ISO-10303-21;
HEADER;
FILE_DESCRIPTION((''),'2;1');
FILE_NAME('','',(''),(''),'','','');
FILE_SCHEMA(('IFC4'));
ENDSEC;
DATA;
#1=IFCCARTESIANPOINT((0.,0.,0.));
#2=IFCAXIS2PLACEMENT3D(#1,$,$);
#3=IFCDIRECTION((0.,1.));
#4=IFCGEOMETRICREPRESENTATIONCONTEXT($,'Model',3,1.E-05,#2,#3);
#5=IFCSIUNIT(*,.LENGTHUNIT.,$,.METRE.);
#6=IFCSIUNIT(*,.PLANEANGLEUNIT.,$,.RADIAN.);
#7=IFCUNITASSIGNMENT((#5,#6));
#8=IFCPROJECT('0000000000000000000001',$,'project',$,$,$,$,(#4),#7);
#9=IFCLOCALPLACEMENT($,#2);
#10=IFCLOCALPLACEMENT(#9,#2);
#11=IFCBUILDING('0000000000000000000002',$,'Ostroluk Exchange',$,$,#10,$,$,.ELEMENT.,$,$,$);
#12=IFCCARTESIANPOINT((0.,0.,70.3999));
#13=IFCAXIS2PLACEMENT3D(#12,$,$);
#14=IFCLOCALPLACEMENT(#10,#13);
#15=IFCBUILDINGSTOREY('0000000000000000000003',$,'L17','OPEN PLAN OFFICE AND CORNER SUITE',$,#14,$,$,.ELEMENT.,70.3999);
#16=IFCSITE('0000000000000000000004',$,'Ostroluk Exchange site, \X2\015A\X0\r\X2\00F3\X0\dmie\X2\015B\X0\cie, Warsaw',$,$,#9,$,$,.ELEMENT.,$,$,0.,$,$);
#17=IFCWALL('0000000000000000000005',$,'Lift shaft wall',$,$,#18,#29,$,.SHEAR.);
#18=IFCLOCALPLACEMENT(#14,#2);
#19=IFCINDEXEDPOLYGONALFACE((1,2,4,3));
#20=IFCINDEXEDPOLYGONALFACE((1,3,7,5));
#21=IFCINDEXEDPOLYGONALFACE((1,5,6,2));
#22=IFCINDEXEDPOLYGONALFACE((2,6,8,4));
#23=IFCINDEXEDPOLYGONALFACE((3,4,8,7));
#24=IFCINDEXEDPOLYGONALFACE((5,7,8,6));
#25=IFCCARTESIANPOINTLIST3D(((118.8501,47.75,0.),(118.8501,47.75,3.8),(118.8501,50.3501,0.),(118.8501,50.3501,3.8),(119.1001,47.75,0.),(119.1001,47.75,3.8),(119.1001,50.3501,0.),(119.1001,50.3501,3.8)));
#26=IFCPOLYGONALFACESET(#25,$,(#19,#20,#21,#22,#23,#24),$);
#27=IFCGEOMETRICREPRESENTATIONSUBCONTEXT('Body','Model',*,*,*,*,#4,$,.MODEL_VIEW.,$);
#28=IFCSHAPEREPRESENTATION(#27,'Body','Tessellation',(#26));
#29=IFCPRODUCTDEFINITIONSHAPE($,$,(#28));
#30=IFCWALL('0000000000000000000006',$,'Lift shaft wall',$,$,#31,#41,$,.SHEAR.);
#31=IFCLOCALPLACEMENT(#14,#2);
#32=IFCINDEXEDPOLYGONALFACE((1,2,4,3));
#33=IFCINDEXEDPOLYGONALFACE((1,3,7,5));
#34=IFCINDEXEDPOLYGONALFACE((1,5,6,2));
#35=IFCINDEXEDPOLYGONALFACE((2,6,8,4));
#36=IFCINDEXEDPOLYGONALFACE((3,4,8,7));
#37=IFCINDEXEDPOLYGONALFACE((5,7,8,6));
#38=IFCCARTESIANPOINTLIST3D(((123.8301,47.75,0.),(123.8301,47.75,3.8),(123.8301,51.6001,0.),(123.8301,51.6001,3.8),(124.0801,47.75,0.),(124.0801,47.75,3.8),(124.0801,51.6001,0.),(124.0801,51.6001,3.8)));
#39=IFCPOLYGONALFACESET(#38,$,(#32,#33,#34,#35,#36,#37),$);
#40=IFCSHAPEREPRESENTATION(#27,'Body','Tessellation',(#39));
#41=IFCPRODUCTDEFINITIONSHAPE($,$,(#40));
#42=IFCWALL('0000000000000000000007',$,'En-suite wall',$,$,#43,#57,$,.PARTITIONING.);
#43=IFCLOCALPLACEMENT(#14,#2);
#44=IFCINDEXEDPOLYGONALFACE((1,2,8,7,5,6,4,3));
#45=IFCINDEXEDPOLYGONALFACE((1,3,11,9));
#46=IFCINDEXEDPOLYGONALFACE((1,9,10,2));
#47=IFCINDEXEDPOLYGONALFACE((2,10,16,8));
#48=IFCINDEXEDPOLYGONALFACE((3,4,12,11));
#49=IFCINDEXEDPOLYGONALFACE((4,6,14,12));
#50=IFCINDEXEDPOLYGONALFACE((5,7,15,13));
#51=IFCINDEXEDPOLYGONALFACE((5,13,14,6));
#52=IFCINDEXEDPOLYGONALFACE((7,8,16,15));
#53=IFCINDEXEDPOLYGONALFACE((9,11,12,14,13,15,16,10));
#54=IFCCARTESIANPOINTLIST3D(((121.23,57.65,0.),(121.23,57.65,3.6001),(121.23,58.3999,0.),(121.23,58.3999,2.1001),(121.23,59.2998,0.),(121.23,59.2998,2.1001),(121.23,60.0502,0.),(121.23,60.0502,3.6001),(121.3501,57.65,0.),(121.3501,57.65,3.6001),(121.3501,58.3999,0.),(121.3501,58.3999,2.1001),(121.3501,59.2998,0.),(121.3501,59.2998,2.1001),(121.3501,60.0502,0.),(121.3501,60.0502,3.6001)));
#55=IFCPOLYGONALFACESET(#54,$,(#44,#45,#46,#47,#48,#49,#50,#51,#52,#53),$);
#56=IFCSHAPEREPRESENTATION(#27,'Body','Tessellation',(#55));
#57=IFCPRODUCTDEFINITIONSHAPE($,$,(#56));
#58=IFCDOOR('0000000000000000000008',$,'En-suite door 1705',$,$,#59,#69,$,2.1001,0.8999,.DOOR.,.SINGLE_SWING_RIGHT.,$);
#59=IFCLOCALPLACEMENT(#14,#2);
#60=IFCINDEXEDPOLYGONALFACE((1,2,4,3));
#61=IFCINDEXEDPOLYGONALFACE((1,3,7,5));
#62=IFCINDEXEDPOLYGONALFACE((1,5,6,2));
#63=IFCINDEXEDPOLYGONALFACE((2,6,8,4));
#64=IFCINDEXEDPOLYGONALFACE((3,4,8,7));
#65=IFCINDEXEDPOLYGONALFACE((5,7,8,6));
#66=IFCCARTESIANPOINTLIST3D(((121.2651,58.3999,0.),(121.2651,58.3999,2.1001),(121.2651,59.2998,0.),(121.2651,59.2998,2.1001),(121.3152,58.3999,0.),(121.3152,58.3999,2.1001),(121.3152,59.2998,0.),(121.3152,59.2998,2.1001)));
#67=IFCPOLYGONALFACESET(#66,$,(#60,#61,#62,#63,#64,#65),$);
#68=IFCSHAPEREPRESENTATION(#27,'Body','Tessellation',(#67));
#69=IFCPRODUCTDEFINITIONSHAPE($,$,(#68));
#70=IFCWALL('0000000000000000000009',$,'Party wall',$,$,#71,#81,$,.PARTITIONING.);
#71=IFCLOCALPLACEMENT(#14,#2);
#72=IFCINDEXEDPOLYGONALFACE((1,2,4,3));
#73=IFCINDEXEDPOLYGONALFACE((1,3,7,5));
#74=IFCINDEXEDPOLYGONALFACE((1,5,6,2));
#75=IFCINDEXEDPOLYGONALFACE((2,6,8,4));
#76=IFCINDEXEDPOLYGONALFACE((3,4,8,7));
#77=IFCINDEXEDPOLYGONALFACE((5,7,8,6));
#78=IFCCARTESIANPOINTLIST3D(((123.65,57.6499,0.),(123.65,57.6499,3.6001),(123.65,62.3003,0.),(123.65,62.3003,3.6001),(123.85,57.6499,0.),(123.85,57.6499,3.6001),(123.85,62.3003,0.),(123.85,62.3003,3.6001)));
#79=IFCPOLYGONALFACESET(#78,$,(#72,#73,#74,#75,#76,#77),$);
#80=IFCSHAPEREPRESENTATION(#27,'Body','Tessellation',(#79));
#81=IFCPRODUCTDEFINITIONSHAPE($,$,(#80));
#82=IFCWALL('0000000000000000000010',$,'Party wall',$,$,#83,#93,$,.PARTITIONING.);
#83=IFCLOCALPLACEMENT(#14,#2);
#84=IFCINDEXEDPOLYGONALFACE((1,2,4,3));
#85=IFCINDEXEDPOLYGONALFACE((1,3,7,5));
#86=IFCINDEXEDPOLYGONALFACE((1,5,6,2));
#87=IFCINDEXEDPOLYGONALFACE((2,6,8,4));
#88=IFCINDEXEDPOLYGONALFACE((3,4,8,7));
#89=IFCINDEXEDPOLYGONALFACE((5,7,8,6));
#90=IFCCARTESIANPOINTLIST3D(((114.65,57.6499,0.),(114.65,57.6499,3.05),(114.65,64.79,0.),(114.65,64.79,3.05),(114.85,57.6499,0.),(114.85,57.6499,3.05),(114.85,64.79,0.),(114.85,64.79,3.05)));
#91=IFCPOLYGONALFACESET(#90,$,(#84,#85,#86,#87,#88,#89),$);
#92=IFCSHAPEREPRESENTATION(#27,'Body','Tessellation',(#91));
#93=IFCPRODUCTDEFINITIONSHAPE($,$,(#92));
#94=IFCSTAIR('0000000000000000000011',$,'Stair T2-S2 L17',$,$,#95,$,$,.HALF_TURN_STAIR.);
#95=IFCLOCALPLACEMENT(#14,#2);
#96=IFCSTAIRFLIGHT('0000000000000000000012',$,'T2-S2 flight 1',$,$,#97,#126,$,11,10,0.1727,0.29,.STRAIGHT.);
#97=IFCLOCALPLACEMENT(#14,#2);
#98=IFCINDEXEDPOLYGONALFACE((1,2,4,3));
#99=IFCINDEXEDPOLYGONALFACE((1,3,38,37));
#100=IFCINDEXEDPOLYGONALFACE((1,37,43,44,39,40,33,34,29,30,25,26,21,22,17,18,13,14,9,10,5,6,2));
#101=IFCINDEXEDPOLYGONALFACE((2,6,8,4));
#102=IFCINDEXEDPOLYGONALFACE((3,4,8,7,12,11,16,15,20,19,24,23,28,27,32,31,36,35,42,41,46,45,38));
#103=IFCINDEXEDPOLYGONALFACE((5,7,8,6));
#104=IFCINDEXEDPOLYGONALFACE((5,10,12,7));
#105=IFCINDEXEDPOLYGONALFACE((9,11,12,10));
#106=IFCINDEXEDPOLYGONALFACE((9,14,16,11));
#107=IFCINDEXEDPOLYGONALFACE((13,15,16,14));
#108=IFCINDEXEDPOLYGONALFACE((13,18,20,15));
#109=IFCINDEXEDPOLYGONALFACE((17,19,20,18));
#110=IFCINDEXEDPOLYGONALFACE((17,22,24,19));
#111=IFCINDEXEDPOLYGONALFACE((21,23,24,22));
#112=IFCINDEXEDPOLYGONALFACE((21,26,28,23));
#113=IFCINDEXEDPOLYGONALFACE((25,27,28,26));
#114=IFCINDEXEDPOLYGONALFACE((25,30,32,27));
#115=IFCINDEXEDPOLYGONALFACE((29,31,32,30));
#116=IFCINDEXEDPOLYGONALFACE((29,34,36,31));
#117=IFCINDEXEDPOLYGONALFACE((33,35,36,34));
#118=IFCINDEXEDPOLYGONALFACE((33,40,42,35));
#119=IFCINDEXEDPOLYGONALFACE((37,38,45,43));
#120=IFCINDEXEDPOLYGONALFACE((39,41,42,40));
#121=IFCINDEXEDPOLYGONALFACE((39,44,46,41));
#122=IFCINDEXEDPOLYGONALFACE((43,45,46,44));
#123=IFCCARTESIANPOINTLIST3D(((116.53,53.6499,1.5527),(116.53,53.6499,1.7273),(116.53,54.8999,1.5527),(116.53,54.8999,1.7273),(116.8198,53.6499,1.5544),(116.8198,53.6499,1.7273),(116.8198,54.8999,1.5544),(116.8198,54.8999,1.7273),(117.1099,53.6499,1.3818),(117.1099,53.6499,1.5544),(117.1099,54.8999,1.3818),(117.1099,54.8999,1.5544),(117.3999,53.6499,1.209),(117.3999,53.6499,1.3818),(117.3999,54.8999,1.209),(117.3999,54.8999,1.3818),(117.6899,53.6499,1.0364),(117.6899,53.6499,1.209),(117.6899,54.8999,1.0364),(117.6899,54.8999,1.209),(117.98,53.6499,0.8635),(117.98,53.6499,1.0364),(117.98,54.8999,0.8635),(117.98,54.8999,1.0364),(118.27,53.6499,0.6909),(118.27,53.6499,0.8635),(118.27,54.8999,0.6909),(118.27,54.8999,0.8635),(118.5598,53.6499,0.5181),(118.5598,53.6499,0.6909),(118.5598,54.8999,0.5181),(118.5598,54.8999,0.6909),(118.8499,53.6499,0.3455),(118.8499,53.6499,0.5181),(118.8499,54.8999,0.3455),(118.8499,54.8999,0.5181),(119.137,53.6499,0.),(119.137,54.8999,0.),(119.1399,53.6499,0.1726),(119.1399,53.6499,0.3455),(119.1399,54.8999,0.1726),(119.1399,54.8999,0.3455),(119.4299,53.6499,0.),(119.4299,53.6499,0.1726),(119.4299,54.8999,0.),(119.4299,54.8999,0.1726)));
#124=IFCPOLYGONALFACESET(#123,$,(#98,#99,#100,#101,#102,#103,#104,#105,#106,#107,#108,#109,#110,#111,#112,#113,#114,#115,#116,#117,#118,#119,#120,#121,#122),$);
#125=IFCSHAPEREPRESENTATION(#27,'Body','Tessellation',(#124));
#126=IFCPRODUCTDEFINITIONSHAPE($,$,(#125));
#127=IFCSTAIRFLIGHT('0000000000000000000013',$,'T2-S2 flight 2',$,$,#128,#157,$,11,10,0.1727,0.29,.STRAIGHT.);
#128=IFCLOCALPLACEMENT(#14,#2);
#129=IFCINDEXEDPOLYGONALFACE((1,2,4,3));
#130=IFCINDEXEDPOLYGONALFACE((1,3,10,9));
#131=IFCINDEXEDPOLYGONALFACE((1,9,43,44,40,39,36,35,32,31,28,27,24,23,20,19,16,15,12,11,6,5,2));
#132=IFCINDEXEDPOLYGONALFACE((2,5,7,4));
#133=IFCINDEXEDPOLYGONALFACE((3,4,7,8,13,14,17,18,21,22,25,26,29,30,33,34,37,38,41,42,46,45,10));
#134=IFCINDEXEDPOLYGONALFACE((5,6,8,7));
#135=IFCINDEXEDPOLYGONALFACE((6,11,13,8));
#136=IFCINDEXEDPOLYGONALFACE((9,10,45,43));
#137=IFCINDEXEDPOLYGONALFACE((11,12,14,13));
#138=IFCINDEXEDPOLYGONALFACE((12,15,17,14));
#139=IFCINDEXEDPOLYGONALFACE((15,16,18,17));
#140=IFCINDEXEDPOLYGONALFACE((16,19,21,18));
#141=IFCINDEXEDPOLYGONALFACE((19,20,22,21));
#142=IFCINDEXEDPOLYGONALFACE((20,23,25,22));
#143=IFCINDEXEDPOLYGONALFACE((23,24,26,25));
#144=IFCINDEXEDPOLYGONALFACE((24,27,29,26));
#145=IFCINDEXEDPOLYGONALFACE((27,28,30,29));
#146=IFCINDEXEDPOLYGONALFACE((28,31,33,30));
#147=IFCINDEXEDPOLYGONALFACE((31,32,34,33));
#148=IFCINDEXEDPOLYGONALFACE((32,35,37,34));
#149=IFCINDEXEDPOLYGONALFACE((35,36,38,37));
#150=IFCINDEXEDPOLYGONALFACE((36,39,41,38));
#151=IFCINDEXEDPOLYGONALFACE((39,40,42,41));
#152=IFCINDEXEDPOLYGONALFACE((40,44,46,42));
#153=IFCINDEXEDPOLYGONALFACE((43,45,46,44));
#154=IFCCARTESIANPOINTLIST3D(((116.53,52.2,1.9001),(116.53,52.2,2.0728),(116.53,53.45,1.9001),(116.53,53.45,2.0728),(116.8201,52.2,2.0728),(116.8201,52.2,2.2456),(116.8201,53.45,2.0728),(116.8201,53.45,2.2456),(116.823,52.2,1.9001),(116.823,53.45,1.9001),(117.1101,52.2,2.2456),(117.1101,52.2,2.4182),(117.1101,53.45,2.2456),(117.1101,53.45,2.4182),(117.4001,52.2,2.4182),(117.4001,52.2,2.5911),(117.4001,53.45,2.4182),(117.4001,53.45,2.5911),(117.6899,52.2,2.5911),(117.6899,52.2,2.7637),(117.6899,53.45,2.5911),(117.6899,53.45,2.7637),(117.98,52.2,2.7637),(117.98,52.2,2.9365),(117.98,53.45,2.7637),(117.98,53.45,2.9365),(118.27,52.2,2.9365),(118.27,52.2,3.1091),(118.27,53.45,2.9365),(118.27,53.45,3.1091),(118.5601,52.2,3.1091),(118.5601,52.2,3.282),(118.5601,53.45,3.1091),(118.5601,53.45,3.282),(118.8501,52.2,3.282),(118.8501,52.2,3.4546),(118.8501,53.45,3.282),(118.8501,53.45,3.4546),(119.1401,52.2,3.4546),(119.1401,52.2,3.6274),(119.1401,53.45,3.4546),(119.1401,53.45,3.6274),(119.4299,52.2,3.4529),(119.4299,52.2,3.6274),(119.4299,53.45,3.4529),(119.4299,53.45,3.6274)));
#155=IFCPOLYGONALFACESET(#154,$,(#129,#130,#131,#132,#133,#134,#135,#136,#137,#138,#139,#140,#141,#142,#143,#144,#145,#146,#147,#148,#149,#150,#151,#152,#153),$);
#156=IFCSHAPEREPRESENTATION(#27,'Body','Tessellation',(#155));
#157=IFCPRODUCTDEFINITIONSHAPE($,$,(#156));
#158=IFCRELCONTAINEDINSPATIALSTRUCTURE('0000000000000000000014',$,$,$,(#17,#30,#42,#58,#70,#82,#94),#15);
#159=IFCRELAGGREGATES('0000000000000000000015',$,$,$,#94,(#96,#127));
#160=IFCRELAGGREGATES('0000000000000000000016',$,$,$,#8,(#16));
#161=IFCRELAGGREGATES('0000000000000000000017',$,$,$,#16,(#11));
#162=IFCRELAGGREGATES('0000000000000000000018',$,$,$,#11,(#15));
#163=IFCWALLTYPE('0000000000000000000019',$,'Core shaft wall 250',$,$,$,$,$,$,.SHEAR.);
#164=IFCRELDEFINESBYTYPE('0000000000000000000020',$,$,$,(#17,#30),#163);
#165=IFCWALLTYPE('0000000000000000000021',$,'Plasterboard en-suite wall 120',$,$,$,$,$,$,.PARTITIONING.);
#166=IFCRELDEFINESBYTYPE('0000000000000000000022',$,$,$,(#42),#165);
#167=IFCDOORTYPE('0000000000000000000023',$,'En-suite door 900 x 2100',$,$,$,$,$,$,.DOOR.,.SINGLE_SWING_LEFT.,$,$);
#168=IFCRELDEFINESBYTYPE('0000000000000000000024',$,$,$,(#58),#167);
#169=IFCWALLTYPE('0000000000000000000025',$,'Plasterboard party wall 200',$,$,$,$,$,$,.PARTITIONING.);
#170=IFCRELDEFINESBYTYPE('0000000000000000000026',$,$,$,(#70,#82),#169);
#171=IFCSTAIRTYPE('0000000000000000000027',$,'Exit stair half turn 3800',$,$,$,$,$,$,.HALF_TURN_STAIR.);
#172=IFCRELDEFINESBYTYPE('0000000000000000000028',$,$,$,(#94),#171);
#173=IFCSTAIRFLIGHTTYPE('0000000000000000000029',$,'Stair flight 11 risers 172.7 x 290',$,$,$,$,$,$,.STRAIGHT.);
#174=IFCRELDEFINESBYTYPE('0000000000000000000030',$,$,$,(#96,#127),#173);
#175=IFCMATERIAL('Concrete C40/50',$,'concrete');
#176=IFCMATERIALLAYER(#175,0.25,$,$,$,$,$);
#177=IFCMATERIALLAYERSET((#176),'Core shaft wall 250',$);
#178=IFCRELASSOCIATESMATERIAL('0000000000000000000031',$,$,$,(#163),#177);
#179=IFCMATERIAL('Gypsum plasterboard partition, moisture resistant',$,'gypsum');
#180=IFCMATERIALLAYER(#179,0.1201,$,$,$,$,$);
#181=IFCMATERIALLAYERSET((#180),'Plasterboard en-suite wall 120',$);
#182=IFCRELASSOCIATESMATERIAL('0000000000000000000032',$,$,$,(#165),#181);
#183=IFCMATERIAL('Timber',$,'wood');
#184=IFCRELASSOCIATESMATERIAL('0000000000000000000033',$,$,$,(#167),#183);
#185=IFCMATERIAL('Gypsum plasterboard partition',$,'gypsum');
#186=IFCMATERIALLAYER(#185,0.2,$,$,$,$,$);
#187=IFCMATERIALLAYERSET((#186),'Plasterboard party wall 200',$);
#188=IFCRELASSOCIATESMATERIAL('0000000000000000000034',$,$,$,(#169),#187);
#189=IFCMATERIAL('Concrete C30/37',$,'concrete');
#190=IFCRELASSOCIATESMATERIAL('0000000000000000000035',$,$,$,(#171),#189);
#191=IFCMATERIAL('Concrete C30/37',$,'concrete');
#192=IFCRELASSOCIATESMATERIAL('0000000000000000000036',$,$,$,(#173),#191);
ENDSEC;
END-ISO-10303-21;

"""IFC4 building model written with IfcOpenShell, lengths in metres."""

from ifc_helpers import new_model, si_unit, direction, frame, frame_2d, origin, place, context, subcontext, project, spatial, polyline, rectangle, outline, extrude, material, layer, layer_set, type_object, element, fill, aggregate, save


model = new_model("IFC4")

# Units and contexts
model_context = context("Model", 3, precision=1e-05, world=origin(), true_north=direction((0.0, 1.0)))
body_context = subcontext(model_context, "Body", "Model", "MODEL_VIEW")
ifc_project = project(units=[si_unit("LENGTHUNIT", "METRE"), si_unit("PLANEANGLEUNIT", "RADIAN")], contexts=[model_context])

# Site, building, storey
site_placement = place(None, origin())
site = spatial("IfcSite", under=ifc_project, at=site_placement, Name="Ostroluk Exchange site, Śródmieście, Warsaw", CompositionType="ELEMENT", RefElevation=0.0)
building_placement = place(site_placement, origin())
building = spatial("IfcBuilding", under=site, at=building_placement, Name="Ostroluk Exchange", CompositionType="ELEMENT")
storey_placement = place(building_placement, frame((0.0, 0.0, 70.3999)))
storey = spatial("IfcBuildingStorey", under=building, at=storey_placement, Name="L17", Description="OPEN PLAN OFFICE AND CORNER SUITE", CompositionType="ELEMENT", Elevation=70.3999)

# Shared definitions
ifc_material_1 = material(Name="Concrete C40/50", Category="concrete")
ifc_layer_1 = layer(ifc_material_1, 0.25)
ifc_layer_set_1 = layer_set([ifc_layer_1], Name="Core shaft wall 250")
wall_type_1 = type_object("IfcWallType", Name="Core shaft wall 250", PredefinedType="SHEAR", material=ifc_layer_set_1)

# Walls
for number, where, z_axis, x_axis, name in (
    (1, (118.9751, 47.75, 0.0), (0.0, 0.0, 1.0), (0.0, 1.0, 0.0), "Lift shaft wall"),
):
    element("IfcWall", number, at=place(storey_placement, frame(where, z_axis=z_axis, x_axis=x_axis)), inside=storey, type_object=wall_type_1, Name=name, PredefinedType="SHEAR", context=body_context, shape_type="SweptSolid", body=[
        extrude(rectangle(XDim=2.6001, YDim=0.25, at=frame_2d((1.3, 0.0))), origin(), (0.0, 0.0, 1.0), 3.8),
    ])
wall_1_placement = place(storey_placement, frame((123.9551, 47.75, 0.0), z_axis=(0.0, 0.0, 1.0), x_axis=(0.0, 1.0, 0.0)))
element("IfcWall", 2, at=wall_1_placement, inside=storey, type_object=wall_type_1, Name="Lift shaft wall", PredefinedType="SHEAR", context=body_context, shape_type="SweptSolid", body=[
    extrude(rectangle(XDim=3.8501, YDim=0.25, at=frame_2d((1.925, 0.0))), origin(), (0.0, 0.0, 1.0), 3.8),
])

# Wall, opening, door
ifc_material_2 = material(Name="Gypsum plasterboard partition, moisture resistant", Category="gypsum")
ifc_layer_2 = layer(ifc_material_2, 0.1201)
ifc_layer_set_2 = layer_set([ifc_layer_2], Name="Plasterboard en-suite wall 120")
wall_type_2 = type_object("IfcWallType", Name="Plasterboard en-suite wall 120", PredefinedType="PARTITIONING", material=ifc_layer_set_2)
wall_2_placement = place(storey_placement, frame((121.29, 57.6499, 0.0), z_axis=(0.0, 0.0, 1.0), x_axis=(0.0, 1.0, 0.0)))
wall_2 = element("IfcWall", 3, at=wall_2_placement, inside=storey, type_object=wall_type_2, Name="En-suite wall", PredefinedType="PARTITIONING", context=body_context, shape_type="SweptSolid", body=[
    extrude(rectangle(XDim=2.4001, YDim=0.1201, at=frame_2d((1.2002, 0.0))), origin(), (0.0, 0.0, 1.0), 3.6001),
])
opening_1_placement = place(wall_2_placement, frame((0.75, 0.0, 0.0)))
opening_1 = element("IfcOpeningElement", 4, at=opening_1_placement, cuts=wall_2, PredefinedType="OPENING", context=body_context, shape_type="SweptSolid", body=[
    extrude(rectangle(XDim=0.8999, YDim=2.1001, at=frame_2d((0.45, 1.05))), frame((0.0, 0.0701, 0.0), z_axis=(0.0, -1.0, 0.0), x_axis=(1.0, 0.0, 0.0)), (0.0, 0.0, 1.0), 0.1401),
])
ifc_material_3 = material(Name="Timber", Category="wood")
door_type_1 = type_object("IfcDoorType", Name="En-suite door 900 x 2100", OperationType="SINGLE_SWING_LEFT", PredefinedType="DOOR", material=ifc_material_3)
door_1_placement = place(opening_1_placement, origin())
door_1 = element("IfcDoor", 5, at=door_1_placement, inside=storey, type_object=door_type_1, Name="En-suite door 1705", OperationType="SINGLE_SWING_RIGHT", OverallHeight=2.1001, OverallWidth=0.8999, PredefinedType="DOOR", context=body_context, shape_type="SweptSolid", body=[
    extrude(rectangle(XDim=0.8999, YDim=2.1001, at=frame_2d((0.45, 1.05))), frame((0.0, 0.0249, 0.0), z_axis=(0.0, -1.0, 0.0), x_axis=(1.0, 0.0, 0.0)), (0.0, 0.0, 1.0), 0.05),
])
fill(opening_1, door_1)

# Walls
ifc_material_4 = material(Name="Gypsum plasterboard partition", Category="gypsum")
ifc_layer_3 = layer(ifc_material_4, 0.2)
ifc_layer_set_3 = layer_set([ifc_layer_3], Name="Plasterboard party wall 200")
wall_type_3 = type_object("IfcWallType", Name="Plasterboard party wall 200", PredefinedType="PARTITIONING", material=ifc_layer_set_3)
wall_3_placement = place(storey_placement, frame((123.75, 57.6499, 0.0), z_axis=(0.0, 0.0, 1.0), x_axis=(0.0, 1.0, 0.0)))
element("IfcWall", 6, at=wall_3_placement, inside=storey, type_object=wall_type_3, Name="Party wall", PredefinedType="PARTITIONING", context=body_context, shape_type="SweptSolid", body=[
    extrude(rectangle(XDim=4.6504, YDim=0.2, at=frame_2d((2.3252, 0.0))), origin(), (0.0, 0.0, 1.0), 3.6001),
])
wall_4_placement = place(storey_placement, frame((114.75, 57.6499, 0.0), z_axis=(0.0, 0.0, 1.0), x_axis=(0.0, 1.0, 0.0)))
element("IfcWall", 7, at=wall_4_placement, inside=storey, type_object=wall_type_3, Name="Party wall", PredefinedType="PARTITIONING", context=body_context, shape_type="SweptSolid", body=[
    extrude(rectangle(XDim=7.1401, YDim=0.2, at=frame_2d((3.5701, 0.0))), origin(), (0.0, 0.0, 1.0), 3.05),
])

# Stair, stair flights
ifc_material_5 = material(Name="Concrete C30/37", Category="concrete")
stair_type = type_object("IfcStairType", Name="Exit stair half turn 3800", PredefinedType="HALF_TURN_STAIR", material=ifc_material_5)
stair_placement = place(storey_placement, origin())
stair = element("IfcStair", 8, at=stair_placement, inside=storey, type_object=stair_type, Name="Stair T2-S2 L17", PredefinedType="HALF_TURN_STAIR")
ifc_material_6 = material(Name="Concrete C30/37", Category="concrete")
stair_flight_type = type_object("IfcStairFlightType", Name="Stair flight 11 risers 172.7 x 290", PredefinedType="STRAIGHT", material=ifc_material_6)
stair_flight_1_placement = place(storey_placement, frame((119.4299, 54.2749, 0.0), z_axis=(0.0, 0.0, 1.0), x_axis=(-1.0, 0.0, 0.0)))
stair_flight_1 = element("IfcStairFlight", 9, at=stair_flight_1_placement, type_object=stair_flight_type, Name="T2-S2 flight 1", NumberOfRisers=11, NumberOfTreads=10, PredefinedType="STRAIGHT", RiserHeight=0.1727, TreadLength=0.29, context=body_context, shape_type="SweptSolid", body=[
    extrude(outline(polyline([(0.0, 0.0), (0.0, 0.1726), (0.29, 0.1726), (0.29, 0.3455), (0.5801, 0.3455), (0.5801, 0.5181), (0.8701, 0.5181), (0.8701, 0.6909), (1.1599, 0.6909), (1.1599, 0.8635), (1.45, 0.8635), (1.45, 1.0364), (1.74, 1.0364), (1.74, 1.209), (2.03, 1.209), (2.03, 1.3818), (2.3201, 1.3818), (2.3201, 1.5544), (2.6101, 1.5544), (2.6101, 1.7273), (2.8999, 1.7273), (2.8999, 1.8999), (2.8999, 1.5527), (0.293, 0.0), (0.0, 0.0)])), frame((0.0, 0.625, 0.0), z_axis=(0.0, -1.0, 0.0), x_axis=(1.0, 0.0, 0.0)), (0.0, 0.0, 1.0), 1.25),
])
stair_flight_2_placement = place(storey_placement, frame((116.53, 52.825, 1.9001), z_axis=(0.0, 0.0, 1.0), x_axis=(1.0, 0.0, 0.0)))
stair_flight_2 = element("IfcStairFlight", 10, at=stair_flight_2_placement, type_object=stair_flight_type, Name="T2-S2 flight 2", NumberOfRisers=11, NumberOfTreads=10, PredefinedType="STRAIGHT", RiserHeight=0.1727, TreadLength=0.29, context=body_context, shape_type="SweptSolid", body=[
    extrude(outline(polyline([(0.0, 0.0), (0.0, 0.1726), (0.29, 0.1726), (0.29, 0.3455), (0.5801, 0.3455), (0.5801, 0.5181), (0.8701, 0.5181), (0.8701, 0.6909), (1.1599, 0.6909), (1.1599, 0.8635), (1.45, 0.8635), (1.45, 1.0364), (1.74, 1.0364), (1.74, 1.209), (2.03, 1.209), (2.03, 1.3818), (2.3201, 1.3818), (2.3201, 1.5544), (2.6101, 1.5544), (2.6101, 1.7273), (2.8999, 1.7273), (2.8999, 1.8999), (2.8999, 1.5527), (0.293, 0.0), (0.0, 0.0)])), frame((0.0, 0.625, 0.0), z_axis=(0.0, -1.0, 0.0), x_axis=(1.0, 0.0, 0.0)), (0.0, 0.0, 1.0), 1.25),
])
aggregate(stair, [stair_flight_1, stair_flight_2])

save(model, "model.ifc")
